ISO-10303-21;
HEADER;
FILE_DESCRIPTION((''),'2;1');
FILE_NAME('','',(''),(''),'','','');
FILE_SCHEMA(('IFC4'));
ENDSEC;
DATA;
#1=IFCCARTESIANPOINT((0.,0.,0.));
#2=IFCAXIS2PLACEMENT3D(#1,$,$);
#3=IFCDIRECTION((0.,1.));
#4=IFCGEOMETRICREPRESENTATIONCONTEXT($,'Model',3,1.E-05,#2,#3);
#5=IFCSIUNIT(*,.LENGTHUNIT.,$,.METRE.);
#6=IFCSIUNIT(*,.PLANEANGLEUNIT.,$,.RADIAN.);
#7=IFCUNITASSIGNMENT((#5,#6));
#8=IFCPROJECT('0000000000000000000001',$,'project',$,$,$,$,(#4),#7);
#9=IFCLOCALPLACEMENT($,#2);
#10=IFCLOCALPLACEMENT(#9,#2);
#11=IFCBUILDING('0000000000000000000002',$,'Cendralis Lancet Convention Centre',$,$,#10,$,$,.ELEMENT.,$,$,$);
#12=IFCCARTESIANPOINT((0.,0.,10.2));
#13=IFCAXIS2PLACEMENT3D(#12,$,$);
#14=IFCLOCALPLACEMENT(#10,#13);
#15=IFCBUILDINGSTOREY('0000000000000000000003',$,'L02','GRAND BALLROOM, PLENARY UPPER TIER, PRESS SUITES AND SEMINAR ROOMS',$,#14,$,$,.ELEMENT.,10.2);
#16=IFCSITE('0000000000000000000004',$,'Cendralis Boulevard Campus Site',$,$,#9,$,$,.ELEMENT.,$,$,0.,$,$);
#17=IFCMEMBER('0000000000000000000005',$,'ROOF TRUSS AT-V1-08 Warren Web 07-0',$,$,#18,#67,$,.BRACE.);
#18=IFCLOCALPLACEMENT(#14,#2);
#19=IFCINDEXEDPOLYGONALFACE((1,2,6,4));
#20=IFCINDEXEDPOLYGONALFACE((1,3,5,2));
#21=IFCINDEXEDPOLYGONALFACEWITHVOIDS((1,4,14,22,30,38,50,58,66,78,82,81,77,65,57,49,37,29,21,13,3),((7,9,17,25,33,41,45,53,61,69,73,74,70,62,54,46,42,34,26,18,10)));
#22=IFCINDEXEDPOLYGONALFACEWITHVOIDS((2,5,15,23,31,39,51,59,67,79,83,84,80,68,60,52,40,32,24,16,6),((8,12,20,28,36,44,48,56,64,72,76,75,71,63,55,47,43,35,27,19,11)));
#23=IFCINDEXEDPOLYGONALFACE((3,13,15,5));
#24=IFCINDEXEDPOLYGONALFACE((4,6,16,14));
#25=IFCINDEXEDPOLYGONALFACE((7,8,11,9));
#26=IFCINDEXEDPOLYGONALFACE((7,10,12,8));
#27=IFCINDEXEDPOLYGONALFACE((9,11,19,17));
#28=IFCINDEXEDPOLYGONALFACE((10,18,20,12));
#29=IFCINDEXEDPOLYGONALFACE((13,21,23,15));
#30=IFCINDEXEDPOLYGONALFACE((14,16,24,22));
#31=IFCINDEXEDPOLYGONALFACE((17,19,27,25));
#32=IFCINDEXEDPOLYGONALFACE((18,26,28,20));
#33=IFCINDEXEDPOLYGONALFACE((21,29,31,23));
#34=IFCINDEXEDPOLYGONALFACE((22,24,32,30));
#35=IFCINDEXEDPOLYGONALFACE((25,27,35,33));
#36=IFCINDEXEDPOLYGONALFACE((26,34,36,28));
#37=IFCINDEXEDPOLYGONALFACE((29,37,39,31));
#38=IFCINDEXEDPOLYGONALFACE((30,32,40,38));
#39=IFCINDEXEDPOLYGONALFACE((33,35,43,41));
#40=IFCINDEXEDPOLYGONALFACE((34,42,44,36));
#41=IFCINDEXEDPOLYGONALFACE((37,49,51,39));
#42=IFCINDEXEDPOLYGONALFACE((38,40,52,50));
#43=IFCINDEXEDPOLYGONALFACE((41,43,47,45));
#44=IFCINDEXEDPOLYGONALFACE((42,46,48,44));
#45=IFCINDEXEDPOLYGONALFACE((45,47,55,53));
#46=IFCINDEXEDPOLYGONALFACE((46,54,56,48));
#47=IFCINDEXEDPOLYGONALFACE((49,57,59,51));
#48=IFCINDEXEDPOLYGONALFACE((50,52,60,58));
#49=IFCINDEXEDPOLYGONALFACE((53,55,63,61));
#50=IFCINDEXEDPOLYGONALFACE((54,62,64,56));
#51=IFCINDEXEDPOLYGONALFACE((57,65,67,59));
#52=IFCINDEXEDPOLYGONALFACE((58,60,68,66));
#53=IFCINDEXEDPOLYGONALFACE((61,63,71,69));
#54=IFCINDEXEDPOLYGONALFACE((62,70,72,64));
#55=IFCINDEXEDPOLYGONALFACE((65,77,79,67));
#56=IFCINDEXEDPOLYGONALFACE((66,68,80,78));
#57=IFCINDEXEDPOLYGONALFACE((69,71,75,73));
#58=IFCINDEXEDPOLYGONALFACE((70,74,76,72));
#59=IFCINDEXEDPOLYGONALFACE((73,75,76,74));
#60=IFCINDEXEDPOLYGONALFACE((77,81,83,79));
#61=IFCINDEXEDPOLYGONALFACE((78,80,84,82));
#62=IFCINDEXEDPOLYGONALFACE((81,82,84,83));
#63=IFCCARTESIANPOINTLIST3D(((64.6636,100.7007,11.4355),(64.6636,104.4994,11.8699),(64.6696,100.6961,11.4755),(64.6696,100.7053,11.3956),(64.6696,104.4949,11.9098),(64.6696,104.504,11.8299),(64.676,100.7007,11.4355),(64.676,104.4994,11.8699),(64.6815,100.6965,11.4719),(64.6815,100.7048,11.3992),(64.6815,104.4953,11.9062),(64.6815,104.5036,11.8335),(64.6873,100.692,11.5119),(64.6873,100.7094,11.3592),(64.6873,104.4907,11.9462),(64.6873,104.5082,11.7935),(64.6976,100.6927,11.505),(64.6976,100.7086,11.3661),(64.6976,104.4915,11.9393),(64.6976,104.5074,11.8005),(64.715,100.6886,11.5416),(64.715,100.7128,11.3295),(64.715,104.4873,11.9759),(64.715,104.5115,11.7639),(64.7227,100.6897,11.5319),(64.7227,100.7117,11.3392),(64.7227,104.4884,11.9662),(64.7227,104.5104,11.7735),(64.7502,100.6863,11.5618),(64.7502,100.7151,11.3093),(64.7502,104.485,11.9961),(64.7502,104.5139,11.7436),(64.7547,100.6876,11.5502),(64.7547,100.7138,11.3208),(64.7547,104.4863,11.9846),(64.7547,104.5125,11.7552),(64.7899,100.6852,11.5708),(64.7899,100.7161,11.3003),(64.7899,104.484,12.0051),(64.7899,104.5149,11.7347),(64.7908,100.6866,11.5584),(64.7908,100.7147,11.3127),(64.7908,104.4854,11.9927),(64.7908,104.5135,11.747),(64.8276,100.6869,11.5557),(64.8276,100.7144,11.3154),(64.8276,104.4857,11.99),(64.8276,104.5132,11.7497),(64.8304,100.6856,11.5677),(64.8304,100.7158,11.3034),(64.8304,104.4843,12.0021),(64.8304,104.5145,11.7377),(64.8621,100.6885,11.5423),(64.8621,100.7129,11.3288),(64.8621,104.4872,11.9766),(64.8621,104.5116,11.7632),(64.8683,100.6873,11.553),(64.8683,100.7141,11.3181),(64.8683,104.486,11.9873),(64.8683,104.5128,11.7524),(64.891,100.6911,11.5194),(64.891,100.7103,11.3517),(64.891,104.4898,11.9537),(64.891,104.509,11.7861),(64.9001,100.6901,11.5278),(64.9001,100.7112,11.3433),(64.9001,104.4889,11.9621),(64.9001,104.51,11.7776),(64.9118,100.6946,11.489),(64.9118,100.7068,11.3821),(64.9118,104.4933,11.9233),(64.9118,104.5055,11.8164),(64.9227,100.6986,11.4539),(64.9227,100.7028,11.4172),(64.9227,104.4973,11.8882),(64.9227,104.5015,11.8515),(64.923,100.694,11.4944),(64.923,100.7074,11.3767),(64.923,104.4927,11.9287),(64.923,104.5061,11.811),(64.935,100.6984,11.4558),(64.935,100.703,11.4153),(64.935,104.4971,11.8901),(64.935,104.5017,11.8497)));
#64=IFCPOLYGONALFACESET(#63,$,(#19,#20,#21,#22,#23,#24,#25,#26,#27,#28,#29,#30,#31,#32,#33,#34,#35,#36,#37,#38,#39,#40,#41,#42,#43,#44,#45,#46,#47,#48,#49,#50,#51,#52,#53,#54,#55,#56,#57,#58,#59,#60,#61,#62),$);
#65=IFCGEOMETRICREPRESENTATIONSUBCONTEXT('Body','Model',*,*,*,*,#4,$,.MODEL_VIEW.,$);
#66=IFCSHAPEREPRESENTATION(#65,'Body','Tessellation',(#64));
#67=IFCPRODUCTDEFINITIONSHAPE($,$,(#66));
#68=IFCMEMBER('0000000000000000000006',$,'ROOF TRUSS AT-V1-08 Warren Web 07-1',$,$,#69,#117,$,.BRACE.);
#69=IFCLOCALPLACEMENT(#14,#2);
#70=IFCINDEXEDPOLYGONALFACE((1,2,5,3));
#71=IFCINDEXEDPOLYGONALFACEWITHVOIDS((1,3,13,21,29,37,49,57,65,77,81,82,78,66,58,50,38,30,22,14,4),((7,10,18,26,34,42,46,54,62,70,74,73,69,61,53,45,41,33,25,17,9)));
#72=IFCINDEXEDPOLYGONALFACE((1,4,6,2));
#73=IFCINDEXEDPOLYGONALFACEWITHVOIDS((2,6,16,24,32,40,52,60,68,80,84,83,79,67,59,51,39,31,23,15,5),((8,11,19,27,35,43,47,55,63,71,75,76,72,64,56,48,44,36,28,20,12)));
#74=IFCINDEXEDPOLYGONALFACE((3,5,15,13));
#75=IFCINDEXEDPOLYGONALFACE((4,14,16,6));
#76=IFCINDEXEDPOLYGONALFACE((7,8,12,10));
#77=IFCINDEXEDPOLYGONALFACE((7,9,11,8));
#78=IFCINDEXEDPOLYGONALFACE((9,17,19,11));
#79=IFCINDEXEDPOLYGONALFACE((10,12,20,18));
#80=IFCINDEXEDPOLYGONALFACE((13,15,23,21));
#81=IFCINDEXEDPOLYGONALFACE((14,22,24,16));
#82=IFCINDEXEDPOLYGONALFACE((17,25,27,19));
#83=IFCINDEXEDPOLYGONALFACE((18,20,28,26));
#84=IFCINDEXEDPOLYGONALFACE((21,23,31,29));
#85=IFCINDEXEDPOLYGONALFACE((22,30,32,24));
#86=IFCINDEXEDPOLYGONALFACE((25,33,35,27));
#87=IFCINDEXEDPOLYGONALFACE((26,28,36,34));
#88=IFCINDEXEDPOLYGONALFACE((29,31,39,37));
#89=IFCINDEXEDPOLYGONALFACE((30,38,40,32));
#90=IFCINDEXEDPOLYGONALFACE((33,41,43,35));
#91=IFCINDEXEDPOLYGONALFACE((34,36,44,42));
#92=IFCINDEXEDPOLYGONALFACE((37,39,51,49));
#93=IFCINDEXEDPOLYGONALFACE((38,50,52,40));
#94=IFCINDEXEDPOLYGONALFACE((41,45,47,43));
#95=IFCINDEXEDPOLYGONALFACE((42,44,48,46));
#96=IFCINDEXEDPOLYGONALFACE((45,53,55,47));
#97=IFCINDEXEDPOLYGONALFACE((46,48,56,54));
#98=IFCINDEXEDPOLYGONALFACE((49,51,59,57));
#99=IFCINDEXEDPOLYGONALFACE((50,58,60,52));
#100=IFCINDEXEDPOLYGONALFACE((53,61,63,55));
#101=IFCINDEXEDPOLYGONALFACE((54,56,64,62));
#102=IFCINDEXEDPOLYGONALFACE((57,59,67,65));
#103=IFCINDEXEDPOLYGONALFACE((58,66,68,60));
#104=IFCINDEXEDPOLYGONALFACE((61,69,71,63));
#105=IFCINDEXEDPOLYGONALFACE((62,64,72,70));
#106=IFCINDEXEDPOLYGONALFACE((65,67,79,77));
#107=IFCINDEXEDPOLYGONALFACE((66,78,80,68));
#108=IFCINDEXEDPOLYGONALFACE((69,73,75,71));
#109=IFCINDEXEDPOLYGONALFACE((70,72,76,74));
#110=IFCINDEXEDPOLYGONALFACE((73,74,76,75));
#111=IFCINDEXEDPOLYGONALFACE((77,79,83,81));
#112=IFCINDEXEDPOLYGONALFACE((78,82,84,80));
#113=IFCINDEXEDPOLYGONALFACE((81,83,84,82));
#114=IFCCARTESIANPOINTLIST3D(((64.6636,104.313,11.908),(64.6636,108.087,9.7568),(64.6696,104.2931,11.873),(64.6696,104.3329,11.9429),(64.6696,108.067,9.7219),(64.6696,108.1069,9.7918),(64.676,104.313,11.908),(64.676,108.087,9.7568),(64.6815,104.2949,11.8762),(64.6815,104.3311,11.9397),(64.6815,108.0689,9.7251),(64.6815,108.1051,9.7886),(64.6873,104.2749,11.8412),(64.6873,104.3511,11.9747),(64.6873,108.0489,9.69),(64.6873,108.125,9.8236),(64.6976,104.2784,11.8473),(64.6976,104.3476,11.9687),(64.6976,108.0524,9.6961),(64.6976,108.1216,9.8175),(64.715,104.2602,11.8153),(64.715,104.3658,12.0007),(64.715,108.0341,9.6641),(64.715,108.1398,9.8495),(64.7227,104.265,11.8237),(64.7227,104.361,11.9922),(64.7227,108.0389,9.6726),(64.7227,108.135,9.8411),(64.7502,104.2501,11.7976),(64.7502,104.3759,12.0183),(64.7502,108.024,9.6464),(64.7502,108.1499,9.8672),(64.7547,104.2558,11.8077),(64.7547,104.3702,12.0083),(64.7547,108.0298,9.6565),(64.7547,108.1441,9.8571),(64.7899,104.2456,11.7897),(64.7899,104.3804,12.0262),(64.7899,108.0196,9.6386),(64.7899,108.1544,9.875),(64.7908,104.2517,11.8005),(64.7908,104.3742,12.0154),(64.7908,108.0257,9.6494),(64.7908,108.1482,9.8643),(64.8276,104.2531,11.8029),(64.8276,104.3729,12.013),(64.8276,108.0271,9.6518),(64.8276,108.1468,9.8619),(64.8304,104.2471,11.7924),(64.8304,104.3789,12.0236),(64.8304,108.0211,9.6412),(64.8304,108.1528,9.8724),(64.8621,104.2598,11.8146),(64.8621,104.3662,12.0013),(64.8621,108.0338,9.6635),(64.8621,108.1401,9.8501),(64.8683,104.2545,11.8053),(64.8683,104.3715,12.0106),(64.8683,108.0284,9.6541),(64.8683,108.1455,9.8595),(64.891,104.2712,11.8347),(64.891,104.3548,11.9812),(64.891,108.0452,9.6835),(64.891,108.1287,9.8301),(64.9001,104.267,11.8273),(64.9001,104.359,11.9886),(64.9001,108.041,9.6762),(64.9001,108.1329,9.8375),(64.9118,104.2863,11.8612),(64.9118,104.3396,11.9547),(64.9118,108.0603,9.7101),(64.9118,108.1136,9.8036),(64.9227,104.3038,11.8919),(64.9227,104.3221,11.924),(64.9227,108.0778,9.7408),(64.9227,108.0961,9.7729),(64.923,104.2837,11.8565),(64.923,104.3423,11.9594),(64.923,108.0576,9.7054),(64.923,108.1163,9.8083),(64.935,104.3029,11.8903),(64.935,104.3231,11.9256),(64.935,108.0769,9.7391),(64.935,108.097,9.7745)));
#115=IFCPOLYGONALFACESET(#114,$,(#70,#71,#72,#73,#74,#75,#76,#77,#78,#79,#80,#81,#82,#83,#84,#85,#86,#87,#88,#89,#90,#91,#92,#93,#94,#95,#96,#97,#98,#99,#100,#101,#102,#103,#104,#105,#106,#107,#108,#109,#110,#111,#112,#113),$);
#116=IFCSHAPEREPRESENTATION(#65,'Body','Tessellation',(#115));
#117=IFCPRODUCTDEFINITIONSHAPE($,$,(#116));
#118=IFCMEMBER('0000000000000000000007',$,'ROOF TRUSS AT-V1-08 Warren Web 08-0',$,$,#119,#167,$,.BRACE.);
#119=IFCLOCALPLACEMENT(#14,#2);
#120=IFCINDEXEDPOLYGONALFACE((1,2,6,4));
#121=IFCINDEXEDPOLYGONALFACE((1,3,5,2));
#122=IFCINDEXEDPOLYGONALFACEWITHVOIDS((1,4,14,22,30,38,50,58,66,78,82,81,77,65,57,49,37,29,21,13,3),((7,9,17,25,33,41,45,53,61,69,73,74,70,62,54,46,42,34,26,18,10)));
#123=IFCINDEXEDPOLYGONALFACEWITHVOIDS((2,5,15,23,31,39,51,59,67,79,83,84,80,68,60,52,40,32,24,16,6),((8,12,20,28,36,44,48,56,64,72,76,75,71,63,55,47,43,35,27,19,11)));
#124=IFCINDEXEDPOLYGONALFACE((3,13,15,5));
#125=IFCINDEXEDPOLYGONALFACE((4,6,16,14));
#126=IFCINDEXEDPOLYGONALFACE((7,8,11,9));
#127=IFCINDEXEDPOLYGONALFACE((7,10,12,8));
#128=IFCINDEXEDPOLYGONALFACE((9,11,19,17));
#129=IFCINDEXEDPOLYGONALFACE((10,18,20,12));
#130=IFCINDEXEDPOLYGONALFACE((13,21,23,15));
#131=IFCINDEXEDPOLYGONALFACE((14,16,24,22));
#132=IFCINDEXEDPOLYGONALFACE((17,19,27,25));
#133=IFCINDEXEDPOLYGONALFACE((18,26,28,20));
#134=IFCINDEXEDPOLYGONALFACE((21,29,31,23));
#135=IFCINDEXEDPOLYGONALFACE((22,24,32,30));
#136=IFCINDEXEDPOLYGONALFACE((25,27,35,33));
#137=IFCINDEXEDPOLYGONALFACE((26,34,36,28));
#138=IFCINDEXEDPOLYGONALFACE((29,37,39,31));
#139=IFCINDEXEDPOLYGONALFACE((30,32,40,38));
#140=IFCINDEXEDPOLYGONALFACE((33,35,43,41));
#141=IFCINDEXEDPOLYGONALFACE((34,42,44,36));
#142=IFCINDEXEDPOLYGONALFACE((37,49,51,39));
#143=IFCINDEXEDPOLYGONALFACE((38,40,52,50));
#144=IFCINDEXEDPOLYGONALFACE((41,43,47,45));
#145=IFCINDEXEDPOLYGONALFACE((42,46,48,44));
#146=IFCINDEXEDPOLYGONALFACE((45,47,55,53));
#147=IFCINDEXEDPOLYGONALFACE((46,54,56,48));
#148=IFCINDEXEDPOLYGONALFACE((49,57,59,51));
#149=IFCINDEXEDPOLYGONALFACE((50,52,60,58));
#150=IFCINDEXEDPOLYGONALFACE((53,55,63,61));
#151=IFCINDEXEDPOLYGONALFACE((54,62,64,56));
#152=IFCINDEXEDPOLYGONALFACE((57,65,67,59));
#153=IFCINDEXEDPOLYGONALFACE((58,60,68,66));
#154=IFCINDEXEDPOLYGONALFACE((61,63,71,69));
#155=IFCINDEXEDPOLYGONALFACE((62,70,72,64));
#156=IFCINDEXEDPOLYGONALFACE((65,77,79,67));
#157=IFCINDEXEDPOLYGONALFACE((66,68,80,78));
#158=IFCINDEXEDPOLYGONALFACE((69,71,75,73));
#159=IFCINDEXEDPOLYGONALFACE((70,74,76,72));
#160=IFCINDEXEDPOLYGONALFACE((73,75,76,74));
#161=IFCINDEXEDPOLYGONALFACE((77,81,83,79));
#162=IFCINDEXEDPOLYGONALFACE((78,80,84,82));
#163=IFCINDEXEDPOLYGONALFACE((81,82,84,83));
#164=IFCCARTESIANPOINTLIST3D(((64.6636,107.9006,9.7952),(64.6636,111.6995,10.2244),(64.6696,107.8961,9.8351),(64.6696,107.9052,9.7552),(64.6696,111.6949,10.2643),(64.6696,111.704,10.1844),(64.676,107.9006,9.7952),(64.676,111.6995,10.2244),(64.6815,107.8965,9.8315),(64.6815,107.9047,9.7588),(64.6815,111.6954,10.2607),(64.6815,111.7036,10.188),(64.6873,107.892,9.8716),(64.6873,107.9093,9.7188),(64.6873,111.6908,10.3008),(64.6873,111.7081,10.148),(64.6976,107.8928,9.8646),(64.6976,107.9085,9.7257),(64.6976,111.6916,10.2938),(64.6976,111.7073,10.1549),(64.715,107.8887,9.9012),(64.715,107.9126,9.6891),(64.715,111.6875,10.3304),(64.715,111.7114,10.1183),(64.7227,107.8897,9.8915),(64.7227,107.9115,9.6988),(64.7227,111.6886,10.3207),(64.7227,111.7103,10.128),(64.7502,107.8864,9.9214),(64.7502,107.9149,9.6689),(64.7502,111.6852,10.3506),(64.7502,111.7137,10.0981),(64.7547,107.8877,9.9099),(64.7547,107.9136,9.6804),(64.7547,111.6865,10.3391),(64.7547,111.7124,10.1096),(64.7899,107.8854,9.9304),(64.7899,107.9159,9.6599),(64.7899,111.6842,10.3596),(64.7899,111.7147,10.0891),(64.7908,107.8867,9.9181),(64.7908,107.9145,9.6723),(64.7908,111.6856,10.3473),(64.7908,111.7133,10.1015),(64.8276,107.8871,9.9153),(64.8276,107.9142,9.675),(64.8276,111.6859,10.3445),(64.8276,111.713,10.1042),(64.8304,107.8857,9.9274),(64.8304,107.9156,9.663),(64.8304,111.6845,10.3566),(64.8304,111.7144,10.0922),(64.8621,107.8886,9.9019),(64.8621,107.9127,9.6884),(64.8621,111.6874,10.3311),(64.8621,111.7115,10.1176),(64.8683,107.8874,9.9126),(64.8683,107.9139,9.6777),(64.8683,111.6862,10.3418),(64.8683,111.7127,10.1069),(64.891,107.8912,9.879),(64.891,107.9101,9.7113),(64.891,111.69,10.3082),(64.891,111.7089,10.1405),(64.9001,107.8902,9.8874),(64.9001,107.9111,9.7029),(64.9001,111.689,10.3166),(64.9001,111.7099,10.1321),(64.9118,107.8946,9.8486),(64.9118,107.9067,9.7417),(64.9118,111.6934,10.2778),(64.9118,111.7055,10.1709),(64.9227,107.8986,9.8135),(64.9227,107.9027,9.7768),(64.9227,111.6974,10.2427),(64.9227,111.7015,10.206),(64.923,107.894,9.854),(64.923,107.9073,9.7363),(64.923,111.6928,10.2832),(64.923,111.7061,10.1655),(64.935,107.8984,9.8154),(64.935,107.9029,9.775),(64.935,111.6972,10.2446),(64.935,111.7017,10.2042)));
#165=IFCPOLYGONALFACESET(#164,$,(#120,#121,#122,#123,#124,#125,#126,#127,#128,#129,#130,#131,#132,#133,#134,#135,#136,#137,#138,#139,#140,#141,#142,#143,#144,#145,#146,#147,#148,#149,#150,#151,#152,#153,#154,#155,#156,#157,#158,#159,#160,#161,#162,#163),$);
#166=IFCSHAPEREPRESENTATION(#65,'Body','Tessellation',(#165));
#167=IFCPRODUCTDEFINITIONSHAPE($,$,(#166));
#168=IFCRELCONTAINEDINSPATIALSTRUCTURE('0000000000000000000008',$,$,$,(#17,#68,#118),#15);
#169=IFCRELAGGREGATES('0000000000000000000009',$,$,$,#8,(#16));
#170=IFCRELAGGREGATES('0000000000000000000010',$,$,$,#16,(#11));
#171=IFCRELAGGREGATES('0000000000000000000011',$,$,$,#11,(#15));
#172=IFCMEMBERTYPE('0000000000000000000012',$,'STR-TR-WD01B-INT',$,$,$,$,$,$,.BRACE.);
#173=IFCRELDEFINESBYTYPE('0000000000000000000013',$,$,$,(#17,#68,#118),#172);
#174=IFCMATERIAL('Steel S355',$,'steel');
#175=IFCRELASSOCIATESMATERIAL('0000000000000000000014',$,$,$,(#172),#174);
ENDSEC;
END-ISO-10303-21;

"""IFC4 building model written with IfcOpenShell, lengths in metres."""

from ifc_helpers import new_model, si_unit, direction, frame, origin, origin_2d, place, context, subcontext, project, spatial, hollow_circle, extrude, material, material_profile, profile_set, type_object, element, save


model = new_model("IFC4")

# Units and contexts
model_context = context("Model", 3, precision=1e-05, world=origin(), true_north=direction((0.0, 1.0)))
body_context = subcontext(model_context, "Body", "Model", "MODEL_VIEW")
ifc_project = project(units=[si_unit("LENGTHUNIT", "METRE"), si_unit("PLANEANGLEUNIT", "RADIAN")], contexts=[model_context])

# Site, building, storey
site_placement = place(None, origin())
site = spatial("IfcSite", under=ifc_project, at=site_placement, Name="Cendralis Boulevard Campus Site", CompositionType="ELEMENT", RefElevation=0.0)
building_placement = place(site_placement, origin())
building = spatial("IfcBuilding", under=site, at=building_placement, Name="Cendralis Lancet Convention Centre", CompositionType="ELEMENT")
storey_placement = place(building_placement, frame((0.0, 0.0, 10.2)))
storey = spatial("IfcBuildingStorey", under=building, at=storey_placement, Name="L02", Description="GRAND BALLROOM, PLENARY UPPER TIER, PRESS SUITES AND SEMINAR ROOMS", CompositionType="ELEMENT", Elevation=10.2)

# Members
ifc_material = material(Name="Steel S355", Category="steel")
ifc_material_profile_1 = material_profile(ifc_material, hollow_circle(Radius=0.1365, WallThickness=0.0125, at=origin_2d()), Name="CHS 273.0x12.5")
ifc_profile_set_1 = profile_set([ifc_material_profile_1], Name="Steel S355")
member_type_1 = type_object("IfcMemberType", Name="STR-TR-WD01B-INT", PredefinedType="BRACE", material=ifc_profile_set_1)
member_1_placement = place(storey_placement, frame((64.8, 100.7007, 11.4355), z_axis=(0.0, 0.993528, 0.113592), x_axis=(-1.0, 0.0, 0.0)))
element("IfcMember", 1, at=member_1_placement, inside=storey, type_object=member_type_1, Name="ROOF TRUSS AT-V1-08 Warren Web 07-0", PredefinedType="BRACE", context=body_context, shape_type="SweptSolid", body=[
    extrude(hollow_circle(Radius=0.1365, WallThickness=0.0125, at=origin_2d()), origin(), (0.0, 0.0, 1.0), 3.8235),
])
member_2_placement = place(storey_placement, frame((64.8, 104.313, 11.908), z_axis=(0.0, 0.868779, -0.4952), x_axis=(-1.0, 0.0, 0.0)))
element("IfcMember", 2, at=member_2_placement, inside=storey, type_object=member_type_1, Name="ROOF TRUSS AT-V1-08 Warren Web 07-1", PredefinedType="BRACE", context=body_context, shape_type="SweptSolid", body=[
    extrude(hollow_circle(Radius=0.1365, WallThickness=0.0125, at=origin_2d()), origin(), (0.0, 0.0, 1.0), 4.344),
])
member_3_placement = place(storey_placement, frame((64.8, 107.9006, 9.7952), z_axis=(0.0, 0.993678, 0.112268), x_axis=(-1.0, 0.0, 0.0)))
element("IfcMember", 3, at=member_3_placement, inside=storey, type_object=member_type_1, Name="ROOF TRUSS AT-V1-08 Warren Web 08-0", PredefinedType="BRACE", context=body_context, shape_type="SweptSolid", body=[
    extrude(hollow_circle(Radius=0.1365, WallThickness=0.0125, at=origin_2d()), origin(), (0.0, 0.0, 1.0), 3.823),
])

save(model, "model.ifc")
